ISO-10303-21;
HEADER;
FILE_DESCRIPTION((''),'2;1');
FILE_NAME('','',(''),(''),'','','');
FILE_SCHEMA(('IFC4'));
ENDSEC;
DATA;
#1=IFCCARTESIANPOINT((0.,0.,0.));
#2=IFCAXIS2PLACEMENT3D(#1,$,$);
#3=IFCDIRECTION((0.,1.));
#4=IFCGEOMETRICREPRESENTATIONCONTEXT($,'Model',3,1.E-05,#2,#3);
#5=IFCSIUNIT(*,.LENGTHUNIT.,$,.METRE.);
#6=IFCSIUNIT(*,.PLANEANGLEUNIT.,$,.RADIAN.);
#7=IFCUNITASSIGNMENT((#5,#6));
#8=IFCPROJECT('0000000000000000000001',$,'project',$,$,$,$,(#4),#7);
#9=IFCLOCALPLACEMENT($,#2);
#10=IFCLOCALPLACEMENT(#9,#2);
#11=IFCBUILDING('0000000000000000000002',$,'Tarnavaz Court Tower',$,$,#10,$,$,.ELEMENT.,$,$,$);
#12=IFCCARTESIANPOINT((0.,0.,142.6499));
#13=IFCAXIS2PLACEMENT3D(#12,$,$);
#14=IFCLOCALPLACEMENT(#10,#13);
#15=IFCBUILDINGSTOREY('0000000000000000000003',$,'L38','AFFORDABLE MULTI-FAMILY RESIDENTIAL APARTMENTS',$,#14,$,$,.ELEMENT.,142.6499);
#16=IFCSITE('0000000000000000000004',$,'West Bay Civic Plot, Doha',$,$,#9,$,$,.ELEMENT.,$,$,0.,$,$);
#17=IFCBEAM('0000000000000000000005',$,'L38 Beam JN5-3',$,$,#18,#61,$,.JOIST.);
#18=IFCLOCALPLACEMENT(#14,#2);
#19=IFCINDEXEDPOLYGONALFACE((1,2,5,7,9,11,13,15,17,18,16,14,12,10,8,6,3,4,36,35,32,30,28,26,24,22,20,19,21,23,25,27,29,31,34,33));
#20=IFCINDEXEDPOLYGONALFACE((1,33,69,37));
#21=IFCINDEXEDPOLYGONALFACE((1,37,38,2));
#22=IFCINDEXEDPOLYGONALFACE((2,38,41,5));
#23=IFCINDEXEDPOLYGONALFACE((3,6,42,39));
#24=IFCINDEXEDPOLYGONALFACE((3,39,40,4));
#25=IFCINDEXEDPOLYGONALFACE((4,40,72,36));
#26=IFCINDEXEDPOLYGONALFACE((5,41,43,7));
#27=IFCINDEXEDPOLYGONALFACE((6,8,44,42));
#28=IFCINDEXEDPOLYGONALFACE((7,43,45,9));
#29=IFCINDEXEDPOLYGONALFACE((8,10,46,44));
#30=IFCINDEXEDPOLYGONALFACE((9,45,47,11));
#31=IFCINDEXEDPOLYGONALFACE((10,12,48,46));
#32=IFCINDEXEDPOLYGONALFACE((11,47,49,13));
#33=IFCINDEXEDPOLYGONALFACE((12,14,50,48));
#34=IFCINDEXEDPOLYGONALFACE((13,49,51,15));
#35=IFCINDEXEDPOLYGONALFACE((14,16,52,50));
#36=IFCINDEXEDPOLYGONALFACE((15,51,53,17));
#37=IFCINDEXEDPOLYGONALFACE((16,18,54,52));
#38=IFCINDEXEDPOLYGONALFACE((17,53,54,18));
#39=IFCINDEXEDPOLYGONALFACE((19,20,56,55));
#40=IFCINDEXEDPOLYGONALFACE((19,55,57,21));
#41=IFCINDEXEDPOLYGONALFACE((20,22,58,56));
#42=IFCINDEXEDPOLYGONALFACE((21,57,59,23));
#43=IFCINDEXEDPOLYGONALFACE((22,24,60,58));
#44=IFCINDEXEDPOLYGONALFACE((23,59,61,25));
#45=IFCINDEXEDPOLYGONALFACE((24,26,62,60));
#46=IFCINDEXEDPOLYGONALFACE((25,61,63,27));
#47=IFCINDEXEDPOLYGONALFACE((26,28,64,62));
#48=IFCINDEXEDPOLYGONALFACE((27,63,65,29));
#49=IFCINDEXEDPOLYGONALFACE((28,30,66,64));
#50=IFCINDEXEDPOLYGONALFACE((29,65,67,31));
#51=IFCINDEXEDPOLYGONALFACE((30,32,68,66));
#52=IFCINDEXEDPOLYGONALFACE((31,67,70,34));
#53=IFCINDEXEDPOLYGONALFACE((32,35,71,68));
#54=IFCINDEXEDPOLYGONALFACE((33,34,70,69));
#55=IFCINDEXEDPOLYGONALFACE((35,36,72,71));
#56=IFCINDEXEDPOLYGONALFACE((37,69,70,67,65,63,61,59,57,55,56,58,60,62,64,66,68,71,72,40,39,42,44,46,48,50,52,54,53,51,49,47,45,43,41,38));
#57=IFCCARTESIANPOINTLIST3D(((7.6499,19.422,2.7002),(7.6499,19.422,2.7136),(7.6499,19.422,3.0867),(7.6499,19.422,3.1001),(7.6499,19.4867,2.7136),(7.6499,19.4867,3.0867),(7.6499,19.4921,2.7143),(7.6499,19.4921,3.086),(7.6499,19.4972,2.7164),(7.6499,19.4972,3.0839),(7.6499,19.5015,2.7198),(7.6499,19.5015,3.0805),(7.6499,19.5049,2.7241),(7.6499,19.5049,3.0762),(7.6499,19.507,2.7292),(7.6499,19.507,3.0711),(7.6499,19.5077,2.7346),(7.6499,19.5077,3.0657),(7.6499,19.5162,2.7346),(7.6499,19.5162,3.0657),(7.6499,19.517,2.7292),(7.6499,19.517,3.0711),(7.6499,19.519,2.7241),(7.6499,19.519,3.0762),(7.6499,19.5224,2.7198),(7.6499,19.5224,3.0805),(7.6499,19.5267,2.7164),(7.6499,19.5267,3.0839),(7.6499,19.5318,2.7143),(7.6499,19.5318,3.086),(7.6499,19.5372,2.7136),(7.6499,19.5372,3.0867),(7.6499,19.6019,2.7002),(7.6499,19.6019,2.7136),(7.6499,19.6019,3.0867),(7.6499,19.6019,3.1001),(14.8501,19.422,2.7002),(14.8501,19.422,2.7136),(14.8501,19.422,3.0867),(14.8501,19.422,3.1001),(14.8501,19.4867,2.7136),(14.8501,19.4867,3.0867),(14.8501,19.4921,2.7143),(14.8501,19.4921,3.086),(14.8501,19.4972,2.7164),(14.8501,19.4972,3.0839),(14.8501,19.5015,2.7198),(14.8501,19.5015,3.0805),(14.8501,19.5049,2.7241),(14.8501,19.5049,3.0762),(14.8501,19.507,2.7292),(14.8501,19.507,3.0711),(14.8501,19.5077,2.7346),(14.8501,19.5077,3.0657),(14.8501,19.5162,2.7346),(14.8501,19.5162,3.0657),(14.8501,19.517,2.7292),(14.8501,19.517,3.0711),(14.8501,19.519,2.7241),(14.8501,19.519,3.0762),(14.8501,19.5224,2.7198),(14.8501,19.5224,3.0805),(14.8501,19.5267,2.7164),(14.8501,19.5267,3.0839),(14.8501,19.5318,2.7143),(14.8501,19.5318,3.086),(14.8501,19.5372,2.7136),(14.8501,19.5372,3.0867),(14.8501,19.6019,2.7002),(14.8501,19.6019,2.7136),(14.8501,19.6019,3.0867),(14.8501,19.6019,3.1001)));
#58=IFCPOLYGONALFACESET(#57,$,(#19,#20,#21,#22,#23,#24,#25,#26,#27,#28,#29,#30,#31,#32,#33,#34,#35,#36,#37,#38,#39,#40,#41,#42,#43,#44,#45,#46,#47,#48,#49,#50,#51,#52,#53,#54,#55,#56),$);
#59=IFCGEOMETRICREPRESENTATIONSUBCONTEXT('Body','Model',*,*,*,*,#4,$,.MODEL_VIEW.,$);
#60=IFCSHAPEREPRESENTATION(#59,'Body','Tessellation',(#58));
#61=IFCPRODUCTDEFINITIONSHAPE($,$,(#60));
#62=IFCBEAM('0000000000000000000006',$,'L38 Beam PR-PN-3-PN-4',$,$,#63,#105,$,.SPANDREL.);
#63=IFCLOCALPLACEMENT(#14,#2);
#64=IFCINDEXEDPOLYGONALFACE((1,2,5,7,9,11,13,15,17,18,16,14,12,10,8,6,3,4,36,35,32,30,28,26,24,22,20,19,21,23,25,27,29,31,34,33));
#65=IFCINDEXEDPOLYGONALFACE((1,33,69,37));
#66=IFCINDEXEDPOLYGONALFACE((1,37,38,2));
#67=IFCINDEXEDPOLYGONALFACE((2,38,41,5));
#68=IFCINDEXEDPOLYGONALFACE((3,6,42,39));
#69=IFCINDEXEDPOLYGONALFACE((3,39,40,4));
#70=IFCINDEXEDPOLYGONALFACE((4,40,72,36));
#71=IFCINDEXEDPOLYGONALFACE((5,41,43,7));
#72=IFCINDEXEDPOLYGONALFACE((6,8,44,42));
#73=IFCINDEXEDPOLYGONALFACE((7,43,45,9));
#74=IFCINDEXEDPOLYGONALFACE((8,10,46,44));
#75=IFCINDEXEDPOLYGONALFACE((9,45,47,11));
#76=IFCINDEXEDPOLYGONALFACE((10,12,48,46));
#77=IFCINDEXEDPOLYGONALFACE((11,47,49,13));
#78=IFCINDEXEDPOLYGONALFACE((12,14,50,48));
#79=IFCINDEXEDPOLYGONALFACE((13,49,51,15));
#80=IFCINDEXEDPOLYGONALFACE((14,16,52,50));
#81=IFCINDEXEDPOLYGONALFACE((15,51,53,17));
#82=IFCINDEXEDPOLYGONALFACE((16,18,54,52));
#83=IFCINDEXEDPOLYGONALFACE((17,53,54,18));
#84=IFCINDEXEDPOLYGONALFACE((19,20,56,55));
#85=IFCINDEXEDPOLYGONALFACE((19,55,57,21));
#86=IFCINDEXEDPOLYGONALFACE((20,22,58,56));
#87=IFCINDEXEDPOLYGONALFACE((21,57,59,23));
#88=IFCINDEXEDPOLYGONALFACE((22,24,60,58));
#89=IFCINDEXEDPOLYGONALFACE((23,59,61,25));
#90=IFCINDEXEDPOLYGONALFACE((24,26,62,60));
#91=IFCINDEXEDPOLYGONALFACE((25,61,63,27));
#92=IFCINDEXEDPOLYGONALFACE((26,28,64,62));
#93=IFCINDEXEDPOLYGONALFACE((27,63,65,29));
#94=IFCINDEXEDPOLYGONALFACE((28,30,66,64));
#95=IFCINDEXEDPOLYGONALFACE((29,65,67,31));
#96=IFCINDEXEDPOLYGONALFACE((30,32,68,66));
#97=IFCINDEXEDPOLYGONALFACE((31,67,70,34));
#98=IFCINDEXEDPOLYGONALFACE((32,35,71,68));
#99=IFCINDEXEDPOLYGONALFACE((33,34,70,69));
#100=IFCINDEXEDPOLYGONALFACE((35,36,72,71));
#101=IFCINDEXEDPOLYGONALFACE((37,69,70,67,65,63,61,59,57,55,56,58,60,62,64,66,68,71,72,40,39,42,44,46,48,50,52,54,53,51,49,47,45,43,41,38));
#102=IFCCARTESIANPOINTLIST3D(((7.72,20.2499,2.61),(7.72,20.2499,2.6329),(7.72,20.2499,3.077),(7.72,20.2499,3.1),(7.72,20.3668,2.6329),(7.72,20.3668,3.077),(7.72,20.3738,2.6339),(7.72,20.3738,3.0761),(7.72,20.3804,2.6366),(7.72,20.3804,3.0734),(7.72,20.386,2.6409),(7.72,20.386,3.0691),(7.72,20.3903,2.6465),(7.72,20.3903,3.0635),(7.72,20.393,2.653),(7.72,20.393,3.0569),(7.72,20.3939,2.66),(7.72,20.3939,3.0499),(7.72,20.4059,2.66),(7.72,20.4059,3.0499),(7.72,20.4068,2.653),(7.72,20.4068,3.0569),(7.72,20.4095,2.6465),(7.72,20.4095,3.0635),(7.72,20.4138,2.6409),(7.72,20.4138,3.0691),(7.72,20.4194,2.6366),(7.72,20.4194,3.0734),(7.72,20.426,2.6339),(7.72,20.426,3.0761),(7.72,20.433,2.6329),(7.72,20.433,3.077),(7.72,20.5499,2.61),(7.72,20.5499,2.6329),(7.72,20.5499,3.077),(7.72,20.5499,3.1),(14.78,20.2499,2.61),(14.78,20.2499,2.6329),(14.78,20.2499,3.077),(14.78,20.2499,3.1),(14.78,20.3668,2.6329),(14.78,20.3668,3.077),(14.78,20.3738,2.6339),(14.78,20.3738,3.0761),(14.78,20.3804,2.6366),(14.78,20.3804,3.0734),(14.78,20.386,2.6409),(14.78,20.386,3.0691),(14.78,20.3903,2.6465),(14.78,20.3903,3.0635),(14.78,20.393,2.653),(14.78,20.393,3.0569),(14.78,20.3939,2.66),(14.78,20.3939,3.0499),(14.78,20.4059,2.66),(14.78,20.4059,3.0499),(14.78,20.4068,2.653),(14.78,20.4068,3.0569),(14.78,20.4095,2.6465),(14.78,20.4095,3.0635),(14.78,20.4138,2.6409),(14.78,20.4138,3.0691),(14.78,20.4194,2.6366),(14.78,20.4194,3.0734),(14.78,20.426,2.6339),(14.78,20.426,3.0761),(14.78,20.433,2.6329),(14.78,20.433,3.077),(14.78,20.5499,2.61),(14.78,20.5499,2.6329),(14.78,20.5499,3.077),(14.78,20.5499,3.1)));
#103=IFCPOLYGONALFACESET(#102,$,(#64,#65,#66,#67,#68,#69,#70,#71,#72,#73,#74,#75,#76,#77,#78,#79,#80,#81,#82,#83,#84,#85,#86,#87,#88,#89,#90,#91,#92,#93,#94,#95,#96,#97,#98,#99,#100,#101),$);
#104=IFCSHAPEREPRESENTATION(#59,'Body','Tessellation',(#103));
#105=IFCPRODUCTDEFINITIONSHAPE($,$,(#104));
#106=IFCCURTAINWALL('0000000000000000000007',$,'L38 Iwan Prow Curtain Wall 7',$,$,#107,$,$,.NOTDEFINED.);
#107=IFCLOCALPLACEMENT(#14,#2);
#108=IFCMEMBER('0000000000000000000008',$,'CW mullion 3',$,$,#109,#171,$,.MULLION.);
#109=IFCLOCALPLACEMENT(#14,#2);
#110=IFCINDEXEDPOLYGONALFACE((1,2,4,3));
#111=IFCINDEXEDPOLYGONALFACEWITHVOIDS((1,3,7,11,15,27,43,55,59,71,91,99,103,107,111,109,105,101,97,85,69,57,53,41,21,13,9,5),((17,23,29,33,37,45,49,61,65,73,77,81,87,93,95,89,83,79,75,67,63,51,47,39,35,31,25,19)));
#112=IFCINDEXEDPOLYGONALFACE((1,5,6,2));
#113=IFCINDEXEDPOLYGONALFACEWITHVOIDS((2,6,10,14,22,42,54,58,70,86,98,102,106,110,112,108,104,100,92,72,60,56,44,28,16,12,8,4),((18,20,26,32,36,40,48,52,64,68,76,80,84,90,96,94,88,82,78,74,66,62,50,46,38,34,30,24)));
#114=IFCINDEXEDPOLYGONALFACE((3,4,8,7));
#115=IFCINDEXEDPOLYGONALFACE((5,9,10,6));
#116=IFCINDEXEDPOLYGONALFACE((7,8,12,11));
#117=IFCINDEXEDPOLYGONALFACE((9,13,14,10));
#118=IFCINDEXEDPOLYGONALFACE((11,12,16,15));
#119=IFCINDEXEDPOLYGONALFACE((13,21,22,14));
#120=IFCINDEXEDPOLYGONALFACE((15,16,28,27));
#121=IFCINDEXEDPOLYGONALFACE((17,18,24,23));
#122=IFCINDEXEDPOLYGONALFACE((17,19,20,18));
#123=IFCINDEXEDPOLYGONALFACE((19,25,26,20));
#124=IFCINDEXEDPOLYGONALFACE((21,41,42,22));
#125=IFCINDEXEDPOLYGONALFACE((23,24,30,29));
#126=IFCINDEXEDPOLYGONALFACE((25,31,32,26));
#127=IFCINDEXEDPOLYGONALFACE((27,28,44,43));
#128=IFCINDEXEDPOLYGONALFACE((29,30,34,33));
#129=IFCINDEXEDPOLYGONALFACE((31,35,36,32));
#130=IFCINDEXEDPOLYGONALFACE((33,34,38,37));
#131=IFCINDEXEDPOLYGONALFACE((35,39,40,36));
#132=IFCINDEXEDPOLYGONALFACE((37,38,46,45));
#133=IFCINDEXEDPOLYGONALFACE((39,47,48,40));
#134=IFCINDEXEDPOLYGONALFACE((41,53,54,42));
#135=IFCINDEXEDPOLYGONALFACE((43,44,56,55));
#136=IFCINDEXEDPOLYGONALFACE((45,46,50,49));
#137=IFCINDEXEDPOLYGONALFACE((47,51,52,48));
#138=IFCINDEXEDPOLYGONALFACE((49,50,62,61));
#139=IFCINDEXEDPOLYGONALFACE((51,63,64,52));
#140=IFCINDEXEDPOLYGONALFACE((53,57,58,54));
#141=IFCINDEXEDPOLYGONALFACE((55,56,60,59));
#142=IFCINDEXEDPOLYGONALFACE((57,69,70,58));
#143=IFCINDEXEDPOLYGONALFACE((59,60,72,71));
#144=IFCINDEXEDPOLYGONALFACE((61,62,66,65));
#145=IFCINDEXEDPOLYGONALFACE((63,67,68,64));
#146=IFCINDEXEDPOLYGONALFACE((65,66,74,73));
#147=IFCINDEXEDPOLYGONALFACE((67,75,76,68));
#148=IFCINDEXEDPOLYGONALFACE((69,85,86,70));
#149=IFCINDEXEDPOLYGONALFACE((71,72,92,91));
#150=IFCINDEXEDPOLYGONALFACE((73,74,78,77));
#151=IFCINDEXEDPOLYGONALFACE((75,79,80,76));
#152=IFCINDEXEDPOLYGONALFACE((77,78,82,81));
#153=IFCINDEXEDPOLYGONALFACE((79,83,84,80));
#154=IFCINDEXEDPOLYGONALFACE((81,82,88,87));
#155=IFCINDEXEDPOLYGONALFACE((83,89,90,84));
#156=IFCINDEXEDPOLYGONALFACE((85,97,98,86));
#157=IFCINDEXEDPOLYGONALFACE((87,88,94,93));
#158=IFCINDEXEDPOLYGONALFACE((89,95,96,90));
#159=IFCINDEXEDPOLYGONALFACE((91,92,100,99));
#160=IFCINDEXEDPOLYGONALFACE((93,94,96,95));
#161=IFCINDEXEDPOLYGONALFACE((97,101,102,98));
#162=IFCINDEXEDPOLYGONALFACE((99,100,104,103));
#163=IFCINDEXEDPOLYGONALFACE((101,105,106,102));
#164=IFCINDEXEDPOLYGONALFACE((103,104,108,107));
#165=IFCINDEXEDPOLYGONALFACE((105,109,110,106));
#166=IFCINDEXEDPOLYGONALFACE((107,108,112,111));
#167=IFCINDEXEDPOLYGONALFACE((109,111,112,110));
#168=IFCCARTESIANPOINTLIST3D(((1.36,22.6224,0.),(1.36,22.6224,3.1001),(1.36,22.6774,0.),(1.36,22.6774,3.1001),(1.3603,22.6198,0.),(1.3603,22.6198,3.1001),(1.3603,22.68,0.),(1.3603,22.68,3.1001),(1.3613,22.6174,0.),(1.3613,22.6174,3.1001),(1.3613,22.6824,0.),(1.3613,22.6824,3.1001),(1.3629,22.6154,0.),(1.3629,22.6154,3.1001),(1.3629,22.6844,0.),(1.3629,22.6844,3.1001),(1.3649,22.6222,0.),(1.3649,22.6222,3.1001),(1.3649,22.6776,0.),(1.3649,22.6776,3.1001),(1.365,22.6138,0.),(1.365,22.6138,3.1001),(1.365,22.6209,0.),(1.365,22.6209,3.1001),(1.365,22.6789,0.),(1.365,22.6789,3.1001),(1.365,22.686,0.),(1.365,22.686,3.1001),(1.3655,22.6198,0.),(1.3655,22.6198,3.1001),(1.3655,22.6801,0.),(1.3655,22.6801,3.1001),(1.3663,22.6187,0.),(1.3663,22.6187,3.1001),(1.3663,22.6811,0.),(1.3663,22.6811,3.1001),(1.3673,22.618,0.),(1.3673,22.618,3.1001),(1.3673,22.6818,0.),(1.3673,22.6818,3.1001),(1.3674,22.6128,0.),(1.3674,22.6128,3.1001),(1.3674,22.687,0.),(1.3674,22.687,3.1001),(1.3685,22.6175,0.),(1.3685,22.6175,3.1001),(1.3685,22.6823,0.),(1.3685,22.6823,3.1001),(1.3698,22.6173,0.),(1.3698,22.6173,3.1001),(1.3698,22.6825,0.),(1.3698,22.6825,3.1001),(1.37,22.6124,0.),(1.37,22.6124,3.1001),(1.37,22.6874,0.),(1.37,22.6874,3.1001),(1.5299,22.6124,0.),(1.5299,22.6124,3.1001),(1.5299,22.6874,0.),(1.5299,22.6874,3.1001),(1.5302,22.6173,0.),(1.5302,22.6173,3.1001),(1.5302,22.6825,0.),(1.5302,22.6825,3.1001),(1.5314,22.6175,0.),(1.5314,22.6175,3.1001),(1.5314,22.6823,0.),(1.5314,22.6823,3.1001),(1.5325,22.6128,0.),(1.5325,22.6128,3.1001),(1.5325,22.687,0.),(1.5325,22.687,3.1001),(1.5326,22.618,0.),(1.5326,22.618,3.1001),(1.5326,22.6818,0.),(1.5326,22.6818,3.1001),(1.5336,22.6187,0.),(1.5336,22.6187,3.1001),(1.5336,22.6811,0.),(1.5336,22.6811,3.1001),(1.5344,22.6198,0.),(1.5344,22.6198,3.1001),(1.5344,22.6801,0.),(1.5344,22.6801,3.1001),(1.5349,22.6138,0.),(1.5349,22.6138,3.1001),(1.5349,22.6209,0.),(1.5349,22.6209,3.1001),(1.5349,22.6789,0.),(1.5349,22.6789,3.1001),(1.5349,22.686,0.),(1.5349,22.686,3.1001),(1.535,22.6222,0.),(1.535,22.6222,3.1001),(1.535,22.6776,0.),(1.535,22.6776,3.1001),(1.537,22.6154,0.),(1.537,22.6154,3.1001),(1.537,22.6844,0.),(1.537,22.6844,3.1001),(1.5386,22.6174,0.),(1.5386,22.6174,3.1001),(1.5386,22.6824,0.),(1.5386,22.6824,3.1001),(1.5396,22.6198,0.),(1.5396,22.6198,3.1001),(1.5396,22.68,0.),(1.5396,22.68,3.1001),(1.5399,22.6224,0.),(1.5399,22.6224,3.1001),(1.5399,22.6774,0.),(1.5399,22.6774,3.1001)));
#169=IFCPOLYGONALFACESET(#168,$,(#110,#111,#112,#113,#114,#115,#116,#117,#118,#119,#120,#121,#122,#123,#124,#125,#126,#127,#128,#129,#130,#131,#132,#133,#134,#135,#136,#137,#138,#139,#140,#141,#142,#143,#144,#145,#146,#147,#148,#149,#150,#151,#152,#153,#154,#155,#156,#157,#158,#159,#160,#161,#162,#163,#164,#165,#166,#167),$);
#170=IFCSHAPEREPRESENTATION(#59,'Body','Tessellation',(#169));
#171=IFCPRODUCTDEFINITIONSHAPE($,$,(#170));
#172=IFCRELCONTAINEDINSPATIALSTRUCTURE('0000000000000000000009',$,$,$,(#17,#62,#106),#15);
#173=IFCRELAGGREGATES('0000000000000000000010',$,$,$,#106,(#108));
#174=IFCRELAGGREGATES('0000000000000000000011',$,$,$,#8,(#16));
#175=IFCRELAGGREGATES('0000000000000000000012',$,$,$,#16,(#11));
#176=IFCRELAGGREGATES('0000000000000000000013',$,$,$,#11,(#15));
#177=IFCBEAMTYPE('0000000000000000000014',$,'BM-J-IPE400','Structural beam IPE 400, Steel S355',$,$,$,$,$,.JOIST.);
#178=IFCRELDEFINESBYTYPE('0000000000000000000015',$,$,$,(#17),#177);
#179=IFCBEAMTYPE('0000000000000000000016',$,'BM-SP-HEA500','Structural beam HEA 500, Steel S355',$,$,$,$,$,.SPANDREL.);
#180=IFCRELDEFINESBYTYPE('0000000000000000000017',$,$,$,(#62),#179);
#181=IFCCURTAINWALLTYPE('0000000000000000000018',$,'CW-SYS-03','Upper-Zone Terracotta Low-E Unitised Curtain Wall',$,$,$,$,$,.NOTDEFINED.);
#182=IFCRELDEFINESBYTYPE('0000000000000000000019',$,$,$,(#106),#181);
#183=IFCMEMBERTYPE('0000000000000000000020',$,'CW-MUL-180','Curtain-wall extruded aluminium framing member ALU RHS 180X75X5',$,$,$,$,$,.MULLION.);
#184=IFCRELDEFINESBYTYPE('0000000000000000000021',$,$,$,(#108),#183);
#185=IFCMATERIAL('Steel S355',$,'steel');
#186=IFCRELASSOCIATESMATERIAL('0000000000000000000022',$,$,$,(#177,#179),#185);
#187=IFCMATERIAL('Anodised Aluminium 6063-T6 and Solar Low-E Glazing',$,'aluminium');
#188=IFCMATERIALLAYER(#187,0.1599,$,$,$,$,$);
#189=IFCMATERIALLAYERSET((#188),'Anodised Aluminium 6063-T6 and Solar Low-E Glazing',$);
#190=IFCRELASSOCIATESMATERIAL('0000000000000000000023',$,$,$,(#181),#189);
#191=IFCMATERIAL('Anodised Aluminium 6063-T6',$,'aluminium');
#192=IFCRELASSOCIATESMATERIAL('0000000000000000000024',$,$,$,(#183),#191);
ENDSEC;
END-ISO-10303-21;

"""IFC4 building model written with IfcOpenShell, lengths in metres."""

from ifc_helpers import new_model, si_unit, direction, frame, origin, origin_2d, place, context, subcontext, project, spatial, hollow_rectangle, i_section, extrude, material, layer, layer_set, material_profile, profile_set, type_object, element, aggregate, save


model = new_model("IFC4")

# Units and contexts
model_context = context("Model", 3, precision=1e-05, world=origin(), true_north=direction((0.0, 1.0)))
body_context = subcontext(model_context, "Body", "Model", "MODEL_VIEW")
ifc_project = project(units=[si_unit("LENGTHUNIT", "METRE"), si_unit("PLANEANGLEUNIT", "RADIAN")], contexts=[model_context])

# Site, building, storey
site_placement = place(None, origin())
site = spatial("IfcSite", under=ifc_project, at=site_placement, Name="West Bay Civic Plot, Doha", CompositionType="ELEMENT", RefElevation=0.0)
building_placement = place(site_placement, origin())
building = spatial("IfcBuilding", under=site, at=building_placement, Name="Tarnavaz Court Tower", CompositionType="ELEMENT")
storey_placement = place(building_placement, frame((0.0, 0.0, 142.6499)))
storey = spatial("IfcBuildingStorey", under=building, at=storey_placement, Name="L38", Description="AFFORDABLE MULTI-FAMILY RESIDENTIAL APARTMENTS", CompositionType="ELEMENT", Elevation=142.6499)

# Beams
ifc_material_1 = material(Name="Steel S355", Category="steel")
ifc_material_profile_1 = material_profile(ifc_material_1, i_section(OverallWidth=0.1799, OverallDepth=0.3999, WebThickness=0.0085, FlangeThickness=0.0134, FilletRadius=0.021, at=origin_2d()), Name="IPE 400")
ifc_profile_set_1 = profile_set([ifc_material_profile_1], Name="Steel S355")
beam_type_1 = type_object("IfcBeamType", Name="BM-J-IPE400", Description="Structural beam IPE 400, Steel S355", PredefinedType="JOIST", material=ifc_profile_set_1)
for number, where, z_axis, x_axis, name in (
    (1, (7.6499, 19.512, 2.9001), (1.0, 0.0, 0.0), (0.0, 1.0, 0.0), "L38 Beam JN5-3"),
):
    element("IfcBeam", number, at=place(storey_placement, frame(where, z_axis=z_axis, x_axis=x_axis)), inside=storey, type_object=beam_type_1, Name=name, PredefinedType="JOIST", context=body_context, shape_type="SweptSolid", body=[
        extrude(i_section(OverallWidth=0.1799, OverallDepth=0.3999, WebThickness=0.0085, FlangeThickness=0.0134, FilletRadius=0.021, at=origin_2d()), origin(), (0.0, 0.0, 1.0), 7.2002),
    ])
ifc_material_profile_2 = material_profile(ifc_material_1, i_section(OverallWidth=0.3, OverallDepth=0.49, WebThickness=0.012, FlangeThickness=0.0229, FilletRadius=0.0271, at=origin_2d()), Name="HEA 500")
ifc_profile_set_2 = profile_set([ifc_material_profile_2], Name="Steel S355")
beam_type_2 = type_object("IfcBeamType", Name="BM-SP-HEA500", Description="Structural beam HEA 500, Steel S355", PredefinedType="SPANDREL", material=ifc_profile_set_2)
beam_placement = place(storey_placement, frame((7.72, 20.3999, 2.855), z_axis=(1.0, 0.0, 0.0), x_axis=(0.0, 1.0, 0.0)))
element("IfcBeam", 2, at=beam_placement, inside=storey, type_object=beam_type_2, Name="L38 Beam PR-PN-3-PN-4", PredefinedType="SPANDREL", context=body_context, shape_type="SweptSolid", body=[
    extrude(i_section(OverallWidth=0.3, OverallDepth=0.49, WebThickness=0.012, FlangeThickness=0.0229, FilletRadius=0.0271, at=origin_2d()), origin(), (0.0, 0.0, 1.0), 7.0601),
])

# Curtain wall, member
ifc_material_2 = material(Name="Anodised Aluminium 6063-T6 and Solar Low-E Glazing", Category="aluminium")
ifc_layer_1 = layer(ifc_material_2, 0.1599)
ifc_layer_set_1 = layer_set([ifc_layer_1], Name="Anodised Aluminium 6063-T6 and Solar Low-E Glazing")
curtain_wall_type = type_object("IfcCurtainWallType", Name="CW-SYS-03", Description="Upper-Zone Terracotta Low-E Unitised Curtain Wall", PredefinedType="NOTDEFINED", material=ifc_layer_set_1)
curtain_wall_placement = place(storey_placement, origin())
curtain_wall = element("IfcCurtainWall", 3, at=curtain_wall_placement, inside=storey, type_object=curtain_wall_type, Name="L38 Iwan Prow Curtain Wall 7", PredefinedType="NOTDEFINED")
ifc_material_3 = material(Name="Anodised Aluminium 6063-T6", Category="aluminium")
ifc_material_profile_3 = material_profile(ifc_material_3, hollow_rectangle(XDim=0.075, YDim=0.1799, WallThickness=0.0049, InnerFilletRadius=0.0049, OuterFilletRadius=0.01, at=origin_2d()), Name="ALU RHS 180X75X5")
ifc_profile_set_3 = profile_set([ifc_material_profile_3], Name="Anodised Aluminium 6063-T6")
member_type_1 = type_object("IfcMemberType", Name="CW-MUL-180", Description="Curtain-wall extruded aluminium framing member ALU RHS 180X75X5", PredefinedType="MULLION", material=ifc_profile_set_3)
member_1_placement = place(storey_placement, frame((1.45, 22.6499, 0.0), z_axis=(0.0, 0.0, 1.0), x_axis=(0.0, 1.0, 0.0)))
member_1 = element("IfcMember", 4, at=member_1_placement, type_object=member_type_1, Name="CW mullion 3", PredefinedType="MULLION", context=body_context, shape_type="SweptSolid", body=[
    extrude(hollow_rectangle(XDim=0.075, YDim=0.1799, WallThickness=0.0049, InnerFilletRadius=0.0049, OuterFilletRadius=0.01, at=origin_2d()), origin(), (0.0, 0.0, 1.0), 3.1001),
])
aggregate(curtain_wall, [member_1])

save(model, "model.ifc")
